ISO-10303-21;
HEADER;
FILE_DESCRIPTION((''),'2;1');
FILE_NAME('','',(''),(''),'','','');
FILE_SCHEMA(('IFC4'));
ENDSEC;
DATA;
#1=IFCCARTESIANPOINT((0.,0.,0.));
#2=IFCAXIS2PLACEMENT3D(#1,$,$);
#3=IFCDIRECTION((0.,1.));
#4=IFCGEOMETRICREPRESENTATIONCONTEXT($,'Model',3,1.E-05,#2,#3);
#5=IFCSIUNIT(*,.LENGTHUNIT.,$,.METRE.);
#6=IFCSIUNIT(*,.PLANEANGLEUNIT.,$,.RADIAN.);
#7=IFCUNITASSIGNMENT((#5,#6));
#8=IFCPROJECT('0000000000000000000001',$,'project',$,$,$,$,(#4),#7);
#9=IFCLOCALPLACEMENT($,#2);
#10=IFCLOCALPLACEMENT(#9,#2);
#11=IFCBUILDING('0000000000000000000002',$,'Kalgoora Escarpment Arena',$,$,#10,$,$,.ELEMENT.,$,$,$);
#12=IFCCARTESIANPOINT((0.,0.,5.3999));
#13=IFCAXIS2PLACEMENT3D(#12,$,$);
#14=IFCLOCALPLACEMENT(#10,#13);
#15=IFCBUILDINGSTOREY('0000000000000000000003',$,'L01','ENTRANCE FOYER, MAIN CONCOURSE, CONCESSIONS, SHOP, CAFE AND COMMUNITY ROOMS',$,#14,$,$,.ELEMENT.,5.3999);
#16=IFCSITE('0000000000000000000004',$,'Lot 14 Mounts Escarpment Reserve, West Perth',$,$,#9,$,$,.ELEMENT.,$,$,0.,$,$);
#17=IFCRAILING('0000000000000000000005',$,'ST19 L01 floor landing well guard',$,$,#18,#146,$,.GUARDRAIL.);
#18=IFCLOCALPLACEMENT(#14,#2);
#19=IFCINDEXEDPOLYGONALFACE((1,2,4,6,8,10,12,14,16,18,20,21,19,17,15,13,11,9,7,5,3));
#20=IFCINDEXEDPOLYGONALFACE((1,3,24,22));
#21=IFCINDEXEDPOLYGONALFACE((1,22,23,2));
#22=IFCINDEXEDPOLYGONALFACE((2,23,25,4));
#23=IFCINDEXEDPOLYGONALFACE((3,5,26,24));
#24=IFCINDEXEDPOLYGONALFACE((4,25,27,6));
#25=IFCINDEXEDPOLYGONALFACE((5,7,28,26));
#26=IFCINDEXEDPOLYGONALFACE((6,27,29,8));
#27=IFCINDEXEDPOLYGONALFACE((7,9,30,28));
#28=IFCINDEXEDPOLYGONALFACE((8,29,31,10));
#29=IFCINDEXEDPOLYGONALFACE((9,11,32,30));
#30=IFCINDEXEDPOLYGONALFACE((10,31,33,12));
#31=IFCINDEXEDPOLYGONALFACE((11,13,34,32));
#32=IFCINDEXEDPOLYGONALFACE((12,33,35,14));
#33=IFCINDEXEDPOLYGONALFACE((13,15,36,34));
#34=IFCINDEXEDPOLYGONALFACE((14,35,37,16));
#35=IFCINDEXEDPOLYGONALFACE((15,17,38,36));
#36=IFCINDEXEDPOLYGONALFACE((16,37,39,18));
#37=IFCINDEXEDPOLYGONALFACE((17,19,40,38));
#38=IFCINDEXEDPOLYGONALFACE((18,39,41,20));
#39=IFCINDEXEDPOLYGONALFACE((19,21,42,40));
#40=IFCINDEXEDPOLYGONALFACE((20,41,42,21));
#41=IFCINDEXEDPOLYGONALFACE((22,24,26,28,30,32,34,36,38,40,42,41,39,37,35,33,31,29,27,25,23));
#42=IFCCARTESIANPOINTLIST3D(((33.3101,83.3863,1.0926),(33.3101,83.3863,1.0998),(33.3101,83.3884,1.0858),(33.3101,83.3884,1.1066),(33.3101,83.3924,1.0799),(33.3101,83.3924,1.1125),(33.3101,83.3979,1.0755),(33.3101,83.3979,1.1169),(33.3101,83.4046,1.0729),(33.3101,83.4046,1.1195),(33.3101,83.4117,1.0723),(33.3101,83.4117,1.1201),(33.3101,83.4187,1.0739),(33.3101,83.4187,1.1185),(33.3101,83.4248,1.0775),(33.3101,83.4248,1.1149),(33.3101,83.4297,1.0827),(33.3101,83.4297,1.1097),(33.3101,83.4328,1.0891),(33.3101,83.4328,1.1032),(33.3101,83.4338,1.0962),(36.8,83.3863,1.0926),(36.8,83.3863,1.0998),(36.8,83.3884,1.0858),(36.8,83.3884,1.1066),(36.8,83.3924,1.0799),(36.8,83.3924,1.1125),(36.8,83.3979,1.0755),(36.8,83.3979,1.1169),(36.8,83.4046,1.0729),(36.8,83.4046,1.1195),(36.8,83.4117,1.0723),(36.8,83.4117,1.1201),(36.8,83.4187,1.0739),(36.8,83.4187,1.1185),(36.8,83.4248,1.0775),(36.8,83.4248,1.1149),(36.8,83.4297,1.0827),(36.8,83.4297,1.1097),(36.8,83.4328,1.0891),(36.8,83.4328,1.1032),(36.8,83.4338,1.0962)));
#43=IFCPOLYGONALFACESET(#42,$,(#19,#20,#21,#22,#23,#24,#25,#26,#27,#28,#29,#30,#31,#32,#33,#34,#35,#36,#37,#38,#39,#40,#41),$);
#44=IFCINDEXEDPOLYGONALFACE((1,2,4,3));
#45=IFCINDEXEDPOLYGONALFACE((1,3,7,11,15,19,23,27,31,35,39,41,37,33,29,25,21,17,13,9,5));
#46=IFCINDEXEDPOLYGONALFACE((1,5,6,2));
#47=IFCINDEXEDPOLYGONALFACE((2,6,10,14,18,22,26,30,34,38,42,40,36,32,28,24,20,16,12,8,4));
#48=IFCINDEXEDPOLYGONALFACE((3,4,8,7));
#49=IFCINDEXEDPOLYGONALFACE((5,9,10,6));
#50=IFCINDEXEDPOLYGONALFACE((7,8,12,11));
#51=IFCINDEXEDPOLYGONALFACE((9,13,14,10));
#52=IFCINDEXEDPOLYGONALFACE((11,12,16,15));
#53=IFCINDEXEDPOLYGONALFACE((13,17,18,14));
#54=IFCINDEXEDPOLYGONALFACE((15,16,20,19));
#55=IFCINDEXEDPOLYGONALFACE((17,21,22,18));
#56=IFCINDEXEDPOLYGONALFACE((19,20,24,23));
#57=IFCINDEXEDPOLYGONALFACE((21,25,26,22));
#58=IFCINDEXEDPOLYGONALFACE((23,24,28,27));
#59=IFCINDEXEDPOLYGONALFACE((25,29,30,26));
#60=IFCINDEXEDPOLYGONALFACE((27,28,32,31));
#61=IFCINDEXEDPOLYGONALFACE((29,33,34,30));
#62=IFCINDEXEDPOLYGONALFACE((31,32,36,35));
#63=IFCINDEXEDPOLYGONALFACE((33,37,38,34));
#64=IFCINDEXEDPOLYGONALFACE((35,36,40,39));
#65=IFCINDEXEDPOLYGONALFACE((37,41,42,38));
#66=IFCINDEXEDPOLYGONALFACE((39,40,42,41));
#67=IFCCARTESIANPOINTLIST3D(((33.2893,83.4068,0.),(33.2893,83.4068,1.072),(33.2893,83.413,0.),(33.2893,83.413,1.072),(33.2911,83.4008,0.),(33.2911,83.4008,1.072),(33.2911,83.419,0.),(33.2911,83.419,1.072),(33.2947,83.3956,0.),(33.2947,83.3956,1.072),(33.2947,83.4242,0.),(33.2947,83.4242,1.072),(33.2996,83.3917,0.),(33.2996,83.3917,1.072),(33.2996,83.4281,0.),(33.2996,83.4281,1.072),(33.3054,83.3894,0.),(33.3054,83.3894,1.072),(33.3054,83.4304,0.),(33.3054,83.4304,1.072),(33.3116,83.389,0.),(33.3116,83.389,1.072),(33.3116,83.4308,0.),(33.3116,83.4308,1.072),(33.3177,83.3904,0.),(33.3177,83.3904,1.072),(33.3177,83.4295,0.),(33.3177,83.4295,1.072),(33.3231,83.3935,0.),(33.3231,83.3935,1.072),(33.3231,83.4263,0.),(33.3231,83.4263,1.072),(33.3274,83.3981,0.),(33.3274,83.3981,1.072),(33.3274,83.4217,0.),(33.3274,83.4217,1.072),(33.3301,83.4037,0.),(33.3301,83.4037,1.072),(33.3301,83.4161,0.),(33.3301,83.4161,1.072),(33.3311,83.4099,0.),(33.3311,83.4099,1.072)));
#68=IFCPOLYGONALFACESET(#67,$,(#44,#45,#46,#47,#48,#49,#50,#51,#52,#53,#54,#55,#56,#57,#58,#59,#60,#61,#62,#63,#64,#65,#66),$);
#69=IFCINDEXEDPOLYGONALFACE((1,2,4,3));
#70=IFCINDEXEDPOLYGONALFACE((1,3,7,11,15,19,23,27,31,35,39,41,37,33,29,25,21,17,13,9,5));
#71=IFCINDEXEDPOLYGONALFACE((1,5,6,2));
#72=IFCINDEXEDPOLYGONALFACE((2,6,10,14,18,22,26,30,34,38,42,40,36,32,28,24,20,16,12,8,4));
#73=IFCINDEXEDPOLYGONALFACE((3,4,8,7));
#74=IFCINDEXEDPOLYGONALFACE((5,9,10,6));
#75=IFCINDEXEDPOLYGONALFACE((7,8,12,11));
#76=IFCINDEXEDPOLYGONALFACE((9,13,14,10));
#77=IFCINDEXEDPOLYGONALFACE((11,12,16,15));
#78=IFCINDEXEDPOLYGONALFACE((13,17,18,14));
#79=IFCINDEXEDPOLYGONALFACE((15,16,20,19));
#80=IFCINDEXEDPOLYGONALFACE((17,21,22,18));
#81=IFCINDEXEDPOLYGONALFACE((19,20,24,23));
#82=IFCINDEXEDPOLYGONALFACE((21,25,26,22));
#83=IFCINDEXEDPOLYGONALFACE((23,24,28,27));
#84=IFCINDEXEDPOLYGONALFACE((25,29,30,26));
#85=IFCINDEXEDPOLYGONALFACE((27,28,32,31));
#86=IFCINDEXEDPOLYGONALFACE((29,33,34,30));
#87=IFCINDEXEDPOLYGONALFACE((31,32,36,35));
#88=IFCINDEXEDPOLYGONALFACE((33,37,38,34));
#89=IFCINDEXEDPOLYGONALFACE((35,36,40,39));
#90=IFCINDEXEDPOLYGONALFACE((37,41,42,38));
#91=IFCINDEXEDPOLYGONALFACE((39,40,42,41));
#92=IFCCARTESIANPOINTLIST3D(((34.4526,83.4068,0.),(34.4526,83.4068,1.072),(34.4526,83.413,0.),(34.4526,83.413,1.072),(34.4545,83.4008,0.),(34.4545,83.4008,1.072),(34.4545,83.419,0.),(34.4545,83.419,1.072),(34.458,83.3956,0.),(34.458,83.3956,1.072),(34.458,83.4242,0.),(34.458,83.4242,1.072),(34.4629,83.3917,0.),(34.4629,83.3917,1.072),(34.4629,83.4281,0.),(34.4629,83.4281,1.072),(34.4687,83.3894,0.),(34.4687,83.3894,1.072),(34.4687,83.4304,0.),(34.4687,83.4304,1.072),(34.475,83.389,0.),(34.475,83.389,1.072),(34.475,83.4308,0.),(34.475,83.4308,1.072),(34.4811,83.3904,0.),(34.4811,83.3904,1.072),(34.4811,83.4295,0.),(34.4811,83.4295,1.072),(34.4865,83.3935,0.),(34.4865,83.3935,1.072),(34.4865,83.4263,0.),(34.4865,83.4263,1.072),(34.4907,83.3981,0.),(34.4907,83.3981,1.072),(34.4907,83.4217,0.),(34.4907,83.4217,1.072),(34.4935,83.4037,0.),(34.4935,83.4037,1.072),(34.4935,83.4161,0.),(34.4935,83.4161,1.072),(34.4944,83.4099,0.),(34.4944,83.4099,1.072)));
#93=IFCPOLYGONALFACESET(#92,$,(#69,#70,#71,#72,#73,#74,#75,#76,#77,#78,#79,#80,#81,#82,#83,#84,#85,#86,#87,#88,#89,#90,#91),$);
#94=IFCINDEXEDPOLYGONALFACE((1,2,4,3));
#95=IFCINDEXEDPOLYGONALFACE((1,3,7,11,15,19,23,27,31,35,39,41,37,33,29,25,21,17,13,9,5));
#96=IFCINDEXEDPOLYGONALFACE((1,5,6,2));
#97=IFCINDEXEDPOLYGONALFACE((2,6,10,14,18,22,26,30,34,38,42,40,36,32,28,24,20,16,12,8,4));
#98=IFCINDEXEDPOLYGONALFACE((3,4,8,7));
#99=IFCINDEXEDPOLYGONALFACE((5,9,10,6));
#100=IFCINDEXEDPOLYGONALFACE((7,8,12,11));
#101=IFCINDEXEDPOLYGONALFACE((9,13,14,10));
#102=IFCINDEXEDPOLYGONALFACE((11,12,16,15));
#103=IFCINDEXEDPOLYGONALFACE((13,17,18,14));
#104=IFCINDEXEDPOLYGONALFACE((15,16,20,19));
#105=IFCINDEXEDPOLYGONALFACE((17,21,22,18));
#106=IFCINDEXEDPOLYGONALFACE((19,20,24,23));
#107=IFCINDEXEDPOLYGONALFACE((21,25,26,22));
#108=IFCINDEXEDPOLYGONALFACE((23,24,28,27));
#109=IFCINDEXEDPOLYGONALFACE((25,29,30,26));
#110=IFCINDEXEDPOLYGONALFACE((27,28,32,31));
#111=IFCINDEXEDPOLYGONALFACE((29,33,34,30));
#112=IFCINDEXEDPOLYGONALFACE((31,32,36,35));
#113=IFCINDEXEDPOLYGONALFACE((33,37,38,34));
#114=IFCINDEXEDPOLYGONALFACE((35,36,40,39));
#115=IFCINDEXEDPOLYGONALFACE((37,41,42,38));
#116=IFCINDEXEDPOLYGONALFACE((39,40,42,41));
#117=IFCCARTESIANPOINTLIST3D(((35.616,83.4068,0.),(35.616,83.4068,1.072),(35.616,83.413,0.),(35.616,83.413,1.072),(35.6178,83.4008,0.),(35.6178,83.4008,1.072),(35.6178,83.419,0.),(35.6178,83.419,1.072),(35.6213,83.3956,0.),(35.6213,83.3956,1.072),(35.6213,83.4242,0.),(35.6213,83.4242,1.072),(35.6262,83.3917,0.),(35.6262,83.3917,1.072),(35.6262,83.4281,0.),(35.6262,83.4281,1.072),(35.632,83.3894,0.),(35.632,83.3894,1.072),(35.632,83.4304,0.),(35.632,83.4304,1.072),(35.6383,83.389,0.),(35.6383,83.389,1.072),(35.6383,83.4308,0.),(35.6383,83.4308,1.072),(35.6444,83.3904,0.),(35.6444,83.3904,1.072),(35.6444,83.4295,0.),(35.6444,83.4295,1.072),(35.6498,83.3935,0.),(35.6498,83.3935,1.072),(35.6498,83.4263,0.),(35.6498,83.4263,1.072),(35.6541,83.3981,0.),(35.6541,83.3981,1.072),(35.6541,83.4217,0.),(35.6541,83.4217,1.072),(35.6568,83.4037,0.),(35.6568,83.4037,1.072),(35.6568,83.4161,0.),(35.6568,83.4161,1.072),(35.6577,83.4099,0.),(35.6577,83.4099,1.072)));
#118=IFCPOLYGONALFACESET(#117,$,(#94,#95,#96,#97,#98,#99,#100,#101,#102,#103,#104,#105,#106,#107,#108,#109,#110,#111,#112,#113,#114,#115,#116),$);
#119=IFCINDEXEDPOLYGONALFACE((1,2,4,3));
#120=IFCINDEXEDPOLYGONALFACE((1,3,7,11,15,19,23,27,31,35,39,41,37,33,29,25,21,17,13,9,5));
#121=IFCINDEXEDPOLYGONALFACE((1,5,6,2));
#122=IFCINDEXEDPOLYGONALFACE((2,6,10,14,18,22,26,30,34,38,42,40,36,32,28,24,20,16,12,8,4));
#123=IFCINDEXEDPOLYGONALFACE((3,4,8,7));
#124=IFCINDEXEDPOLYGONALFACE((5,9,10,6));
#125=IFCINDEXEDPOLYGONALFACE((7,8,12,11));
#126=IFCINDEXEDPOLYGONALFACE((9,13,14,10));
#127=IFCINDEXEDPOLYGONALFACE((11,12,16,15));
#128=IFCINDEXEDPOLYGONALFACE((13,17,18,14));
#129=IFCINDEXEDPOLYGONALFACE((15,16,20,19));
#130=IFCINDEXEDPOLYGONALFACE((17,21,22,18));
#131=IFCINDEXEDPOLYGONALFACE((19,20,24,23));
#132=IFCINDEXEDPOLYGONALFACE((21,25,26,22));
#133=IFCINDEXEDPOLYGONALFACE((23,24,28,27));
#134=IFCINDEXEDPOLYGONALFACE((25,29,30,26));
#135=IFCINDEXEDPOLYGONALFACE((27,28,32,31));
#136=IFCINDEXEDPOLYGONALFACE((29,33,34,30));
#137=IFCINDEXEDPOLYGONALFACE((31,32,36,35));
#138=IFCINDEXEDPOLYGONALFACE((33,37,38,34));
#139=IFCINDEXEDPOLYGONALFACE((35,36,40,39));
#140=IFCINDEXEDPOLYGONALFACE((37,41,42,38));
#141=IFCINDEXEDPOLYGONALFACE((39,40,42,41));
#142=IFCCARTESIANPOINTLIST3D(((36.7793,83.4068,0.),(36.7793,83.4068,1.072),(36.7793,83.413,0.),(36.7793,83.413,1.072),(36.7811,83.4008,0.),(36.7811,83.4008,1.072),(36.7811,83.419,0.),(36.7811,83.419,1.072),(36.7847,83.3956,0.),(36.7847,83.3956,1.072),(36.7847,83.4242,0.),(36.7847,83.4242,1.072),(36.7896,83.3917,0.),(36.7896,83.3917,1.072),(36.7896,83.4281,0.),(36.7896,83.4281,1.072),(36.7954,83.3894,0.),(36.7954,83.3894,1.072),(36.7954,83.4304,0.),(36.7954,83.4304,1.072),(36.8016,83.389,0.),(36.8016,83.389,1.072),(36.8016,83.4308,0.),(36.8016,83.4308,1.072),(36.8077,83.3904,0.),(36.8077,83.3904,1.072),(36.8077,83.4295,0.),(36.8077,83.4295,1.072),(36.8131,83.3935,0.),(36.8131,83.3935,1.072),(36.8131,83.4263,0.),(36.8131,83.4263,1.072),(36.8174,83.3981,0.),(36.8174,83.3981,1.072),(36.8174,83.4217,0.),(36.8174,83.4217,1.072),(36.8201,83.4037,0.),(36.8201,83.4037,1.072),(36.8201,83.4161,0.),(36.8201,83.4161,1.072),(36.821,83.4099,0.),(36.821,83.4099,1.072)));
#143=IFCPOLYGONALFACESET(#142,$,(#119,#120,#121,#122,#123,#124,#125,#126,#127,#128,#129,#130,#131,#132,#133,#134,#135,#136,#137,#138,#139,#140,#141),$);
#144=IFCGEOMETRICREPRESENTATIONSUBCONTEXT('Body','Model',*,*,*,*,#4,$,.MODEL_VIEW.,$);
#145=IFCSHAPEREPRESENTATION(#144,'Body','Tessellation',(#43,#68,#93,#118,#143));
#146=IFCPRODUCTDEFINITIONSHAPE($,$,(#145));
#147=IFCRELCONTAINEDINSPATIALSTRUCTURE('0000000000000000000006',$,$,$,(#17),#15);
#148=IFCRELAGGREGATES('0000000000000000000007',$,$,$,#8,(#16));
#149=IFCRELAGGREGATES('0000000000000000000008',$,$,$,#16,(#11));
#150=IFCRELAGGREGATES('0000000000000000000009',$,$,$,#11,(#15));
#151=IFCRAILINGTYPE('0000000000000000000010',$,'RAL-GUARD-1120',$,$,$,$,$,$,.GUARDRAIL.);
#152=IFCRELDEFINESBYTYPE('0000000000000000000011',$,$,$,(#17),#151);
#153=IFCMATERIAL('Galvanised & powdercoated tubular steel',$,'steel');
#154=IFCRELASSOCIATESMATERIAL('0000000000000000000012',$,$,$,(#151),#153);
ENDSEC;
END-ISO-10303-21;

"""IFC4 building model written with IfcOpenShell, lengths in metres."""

from ifc_helpers import new_model, si_unit, direction, frame, origin, origin_2d, place, context, subcontext, project, spatial, circle, extrude, material, type_object, element, save


model = new_model("IFC4")

# Units and contexts
model_context = context("Model", 3, precision=1e-05, world=origin(), true_north=direction((0.0, 1.0)))
body_context = subcontext(model_context, "Body", "Model", "MODEL_VIEW")
ifc_project = project(units=[si_unit("LENGTHUNIT", "METRE"), si_unit("PLANEANGLEUNIT", "RADIAN")], contexts=[model_context])

# Site, building, storey
site_placement = place(None, origin())
site = spatial("IfcSite", under=ifc_project, at=site_placement, Name="Lot 14 Mounts Escarpment Reserve, West Perth", CompositionType="ELEMENT", RefElevation=0.0)
building_placement = place(site_placement, origin())
building = spatial("IfcBuilding", under=site, at=building_placement, Name="Kalgoora Escarpment Arena", CompositionType="ELEMENT")
storey_placement = place(building_placement, frame((0.0, 0.0, 5.3999)))
storey = spatial("IfcBuildingStorey", under=building, at=storey_placement, Name="L01", Description="ENTRANCE FOYER, MAIN CONCOURSE, CONCESSIONS, SHOP, CAFE AND COMMUNITY ROOMS", CompositionType="ELEMENT", Elevation=5.3999)

# Railing
ifc_material_1 = material(Name="Galvanised & powdercoated tubular steel", Category="steel")
railing_type_1 = type_object("IfcRailingType", Name="RAL-GUARD-1120", PredefinedType="GUARDRAIL", material=ifc_material_1)
railing_1_placement = place(storey_placement, frame((33.3101, 83.4099, 0.0)))
element("IfcRailing", 1, at=railing_1_placement, inside=storey, type_object=railing_type_1, Name="ST19 L01 floor landing well guard", PredefinedType="GUARDRAIL", context=body_context, shape_type="SweptSolid", body=[
    extrude(circle(Radius=0.0239, at=origin_2d()), frame((0.0, 0.0, 1.0962), z_axis=(1.0, 0.0, 0.0), x_axis=(0.0, 1.0, 0.0)), (0.0, 0.0, 1.0), 3.49),
    extrude(circle(Radius=0.021, at=origin_2d()), origin(), (0.0, 0.0, 1.0), 1.072),
    extrude(circle(Radius=0.021, at=origin_2d()), frame((1.1633, 0.0, 0.0)), (0.0, 0.0, 1.0), 1.072),
    extrude(circle(Radius=0.021, at=origin_2d()), frame((2.3267, 0.0, 0.0)), (0.0, 0.0, 1.0), 1.072),
    extrude(circle(Radius=0.021, at=origin_2d()), frame((3.49, 0.0, 0.0)), (0.0, 0.0, 1.0), 1.072),
])

save(model, "model.ifc")
